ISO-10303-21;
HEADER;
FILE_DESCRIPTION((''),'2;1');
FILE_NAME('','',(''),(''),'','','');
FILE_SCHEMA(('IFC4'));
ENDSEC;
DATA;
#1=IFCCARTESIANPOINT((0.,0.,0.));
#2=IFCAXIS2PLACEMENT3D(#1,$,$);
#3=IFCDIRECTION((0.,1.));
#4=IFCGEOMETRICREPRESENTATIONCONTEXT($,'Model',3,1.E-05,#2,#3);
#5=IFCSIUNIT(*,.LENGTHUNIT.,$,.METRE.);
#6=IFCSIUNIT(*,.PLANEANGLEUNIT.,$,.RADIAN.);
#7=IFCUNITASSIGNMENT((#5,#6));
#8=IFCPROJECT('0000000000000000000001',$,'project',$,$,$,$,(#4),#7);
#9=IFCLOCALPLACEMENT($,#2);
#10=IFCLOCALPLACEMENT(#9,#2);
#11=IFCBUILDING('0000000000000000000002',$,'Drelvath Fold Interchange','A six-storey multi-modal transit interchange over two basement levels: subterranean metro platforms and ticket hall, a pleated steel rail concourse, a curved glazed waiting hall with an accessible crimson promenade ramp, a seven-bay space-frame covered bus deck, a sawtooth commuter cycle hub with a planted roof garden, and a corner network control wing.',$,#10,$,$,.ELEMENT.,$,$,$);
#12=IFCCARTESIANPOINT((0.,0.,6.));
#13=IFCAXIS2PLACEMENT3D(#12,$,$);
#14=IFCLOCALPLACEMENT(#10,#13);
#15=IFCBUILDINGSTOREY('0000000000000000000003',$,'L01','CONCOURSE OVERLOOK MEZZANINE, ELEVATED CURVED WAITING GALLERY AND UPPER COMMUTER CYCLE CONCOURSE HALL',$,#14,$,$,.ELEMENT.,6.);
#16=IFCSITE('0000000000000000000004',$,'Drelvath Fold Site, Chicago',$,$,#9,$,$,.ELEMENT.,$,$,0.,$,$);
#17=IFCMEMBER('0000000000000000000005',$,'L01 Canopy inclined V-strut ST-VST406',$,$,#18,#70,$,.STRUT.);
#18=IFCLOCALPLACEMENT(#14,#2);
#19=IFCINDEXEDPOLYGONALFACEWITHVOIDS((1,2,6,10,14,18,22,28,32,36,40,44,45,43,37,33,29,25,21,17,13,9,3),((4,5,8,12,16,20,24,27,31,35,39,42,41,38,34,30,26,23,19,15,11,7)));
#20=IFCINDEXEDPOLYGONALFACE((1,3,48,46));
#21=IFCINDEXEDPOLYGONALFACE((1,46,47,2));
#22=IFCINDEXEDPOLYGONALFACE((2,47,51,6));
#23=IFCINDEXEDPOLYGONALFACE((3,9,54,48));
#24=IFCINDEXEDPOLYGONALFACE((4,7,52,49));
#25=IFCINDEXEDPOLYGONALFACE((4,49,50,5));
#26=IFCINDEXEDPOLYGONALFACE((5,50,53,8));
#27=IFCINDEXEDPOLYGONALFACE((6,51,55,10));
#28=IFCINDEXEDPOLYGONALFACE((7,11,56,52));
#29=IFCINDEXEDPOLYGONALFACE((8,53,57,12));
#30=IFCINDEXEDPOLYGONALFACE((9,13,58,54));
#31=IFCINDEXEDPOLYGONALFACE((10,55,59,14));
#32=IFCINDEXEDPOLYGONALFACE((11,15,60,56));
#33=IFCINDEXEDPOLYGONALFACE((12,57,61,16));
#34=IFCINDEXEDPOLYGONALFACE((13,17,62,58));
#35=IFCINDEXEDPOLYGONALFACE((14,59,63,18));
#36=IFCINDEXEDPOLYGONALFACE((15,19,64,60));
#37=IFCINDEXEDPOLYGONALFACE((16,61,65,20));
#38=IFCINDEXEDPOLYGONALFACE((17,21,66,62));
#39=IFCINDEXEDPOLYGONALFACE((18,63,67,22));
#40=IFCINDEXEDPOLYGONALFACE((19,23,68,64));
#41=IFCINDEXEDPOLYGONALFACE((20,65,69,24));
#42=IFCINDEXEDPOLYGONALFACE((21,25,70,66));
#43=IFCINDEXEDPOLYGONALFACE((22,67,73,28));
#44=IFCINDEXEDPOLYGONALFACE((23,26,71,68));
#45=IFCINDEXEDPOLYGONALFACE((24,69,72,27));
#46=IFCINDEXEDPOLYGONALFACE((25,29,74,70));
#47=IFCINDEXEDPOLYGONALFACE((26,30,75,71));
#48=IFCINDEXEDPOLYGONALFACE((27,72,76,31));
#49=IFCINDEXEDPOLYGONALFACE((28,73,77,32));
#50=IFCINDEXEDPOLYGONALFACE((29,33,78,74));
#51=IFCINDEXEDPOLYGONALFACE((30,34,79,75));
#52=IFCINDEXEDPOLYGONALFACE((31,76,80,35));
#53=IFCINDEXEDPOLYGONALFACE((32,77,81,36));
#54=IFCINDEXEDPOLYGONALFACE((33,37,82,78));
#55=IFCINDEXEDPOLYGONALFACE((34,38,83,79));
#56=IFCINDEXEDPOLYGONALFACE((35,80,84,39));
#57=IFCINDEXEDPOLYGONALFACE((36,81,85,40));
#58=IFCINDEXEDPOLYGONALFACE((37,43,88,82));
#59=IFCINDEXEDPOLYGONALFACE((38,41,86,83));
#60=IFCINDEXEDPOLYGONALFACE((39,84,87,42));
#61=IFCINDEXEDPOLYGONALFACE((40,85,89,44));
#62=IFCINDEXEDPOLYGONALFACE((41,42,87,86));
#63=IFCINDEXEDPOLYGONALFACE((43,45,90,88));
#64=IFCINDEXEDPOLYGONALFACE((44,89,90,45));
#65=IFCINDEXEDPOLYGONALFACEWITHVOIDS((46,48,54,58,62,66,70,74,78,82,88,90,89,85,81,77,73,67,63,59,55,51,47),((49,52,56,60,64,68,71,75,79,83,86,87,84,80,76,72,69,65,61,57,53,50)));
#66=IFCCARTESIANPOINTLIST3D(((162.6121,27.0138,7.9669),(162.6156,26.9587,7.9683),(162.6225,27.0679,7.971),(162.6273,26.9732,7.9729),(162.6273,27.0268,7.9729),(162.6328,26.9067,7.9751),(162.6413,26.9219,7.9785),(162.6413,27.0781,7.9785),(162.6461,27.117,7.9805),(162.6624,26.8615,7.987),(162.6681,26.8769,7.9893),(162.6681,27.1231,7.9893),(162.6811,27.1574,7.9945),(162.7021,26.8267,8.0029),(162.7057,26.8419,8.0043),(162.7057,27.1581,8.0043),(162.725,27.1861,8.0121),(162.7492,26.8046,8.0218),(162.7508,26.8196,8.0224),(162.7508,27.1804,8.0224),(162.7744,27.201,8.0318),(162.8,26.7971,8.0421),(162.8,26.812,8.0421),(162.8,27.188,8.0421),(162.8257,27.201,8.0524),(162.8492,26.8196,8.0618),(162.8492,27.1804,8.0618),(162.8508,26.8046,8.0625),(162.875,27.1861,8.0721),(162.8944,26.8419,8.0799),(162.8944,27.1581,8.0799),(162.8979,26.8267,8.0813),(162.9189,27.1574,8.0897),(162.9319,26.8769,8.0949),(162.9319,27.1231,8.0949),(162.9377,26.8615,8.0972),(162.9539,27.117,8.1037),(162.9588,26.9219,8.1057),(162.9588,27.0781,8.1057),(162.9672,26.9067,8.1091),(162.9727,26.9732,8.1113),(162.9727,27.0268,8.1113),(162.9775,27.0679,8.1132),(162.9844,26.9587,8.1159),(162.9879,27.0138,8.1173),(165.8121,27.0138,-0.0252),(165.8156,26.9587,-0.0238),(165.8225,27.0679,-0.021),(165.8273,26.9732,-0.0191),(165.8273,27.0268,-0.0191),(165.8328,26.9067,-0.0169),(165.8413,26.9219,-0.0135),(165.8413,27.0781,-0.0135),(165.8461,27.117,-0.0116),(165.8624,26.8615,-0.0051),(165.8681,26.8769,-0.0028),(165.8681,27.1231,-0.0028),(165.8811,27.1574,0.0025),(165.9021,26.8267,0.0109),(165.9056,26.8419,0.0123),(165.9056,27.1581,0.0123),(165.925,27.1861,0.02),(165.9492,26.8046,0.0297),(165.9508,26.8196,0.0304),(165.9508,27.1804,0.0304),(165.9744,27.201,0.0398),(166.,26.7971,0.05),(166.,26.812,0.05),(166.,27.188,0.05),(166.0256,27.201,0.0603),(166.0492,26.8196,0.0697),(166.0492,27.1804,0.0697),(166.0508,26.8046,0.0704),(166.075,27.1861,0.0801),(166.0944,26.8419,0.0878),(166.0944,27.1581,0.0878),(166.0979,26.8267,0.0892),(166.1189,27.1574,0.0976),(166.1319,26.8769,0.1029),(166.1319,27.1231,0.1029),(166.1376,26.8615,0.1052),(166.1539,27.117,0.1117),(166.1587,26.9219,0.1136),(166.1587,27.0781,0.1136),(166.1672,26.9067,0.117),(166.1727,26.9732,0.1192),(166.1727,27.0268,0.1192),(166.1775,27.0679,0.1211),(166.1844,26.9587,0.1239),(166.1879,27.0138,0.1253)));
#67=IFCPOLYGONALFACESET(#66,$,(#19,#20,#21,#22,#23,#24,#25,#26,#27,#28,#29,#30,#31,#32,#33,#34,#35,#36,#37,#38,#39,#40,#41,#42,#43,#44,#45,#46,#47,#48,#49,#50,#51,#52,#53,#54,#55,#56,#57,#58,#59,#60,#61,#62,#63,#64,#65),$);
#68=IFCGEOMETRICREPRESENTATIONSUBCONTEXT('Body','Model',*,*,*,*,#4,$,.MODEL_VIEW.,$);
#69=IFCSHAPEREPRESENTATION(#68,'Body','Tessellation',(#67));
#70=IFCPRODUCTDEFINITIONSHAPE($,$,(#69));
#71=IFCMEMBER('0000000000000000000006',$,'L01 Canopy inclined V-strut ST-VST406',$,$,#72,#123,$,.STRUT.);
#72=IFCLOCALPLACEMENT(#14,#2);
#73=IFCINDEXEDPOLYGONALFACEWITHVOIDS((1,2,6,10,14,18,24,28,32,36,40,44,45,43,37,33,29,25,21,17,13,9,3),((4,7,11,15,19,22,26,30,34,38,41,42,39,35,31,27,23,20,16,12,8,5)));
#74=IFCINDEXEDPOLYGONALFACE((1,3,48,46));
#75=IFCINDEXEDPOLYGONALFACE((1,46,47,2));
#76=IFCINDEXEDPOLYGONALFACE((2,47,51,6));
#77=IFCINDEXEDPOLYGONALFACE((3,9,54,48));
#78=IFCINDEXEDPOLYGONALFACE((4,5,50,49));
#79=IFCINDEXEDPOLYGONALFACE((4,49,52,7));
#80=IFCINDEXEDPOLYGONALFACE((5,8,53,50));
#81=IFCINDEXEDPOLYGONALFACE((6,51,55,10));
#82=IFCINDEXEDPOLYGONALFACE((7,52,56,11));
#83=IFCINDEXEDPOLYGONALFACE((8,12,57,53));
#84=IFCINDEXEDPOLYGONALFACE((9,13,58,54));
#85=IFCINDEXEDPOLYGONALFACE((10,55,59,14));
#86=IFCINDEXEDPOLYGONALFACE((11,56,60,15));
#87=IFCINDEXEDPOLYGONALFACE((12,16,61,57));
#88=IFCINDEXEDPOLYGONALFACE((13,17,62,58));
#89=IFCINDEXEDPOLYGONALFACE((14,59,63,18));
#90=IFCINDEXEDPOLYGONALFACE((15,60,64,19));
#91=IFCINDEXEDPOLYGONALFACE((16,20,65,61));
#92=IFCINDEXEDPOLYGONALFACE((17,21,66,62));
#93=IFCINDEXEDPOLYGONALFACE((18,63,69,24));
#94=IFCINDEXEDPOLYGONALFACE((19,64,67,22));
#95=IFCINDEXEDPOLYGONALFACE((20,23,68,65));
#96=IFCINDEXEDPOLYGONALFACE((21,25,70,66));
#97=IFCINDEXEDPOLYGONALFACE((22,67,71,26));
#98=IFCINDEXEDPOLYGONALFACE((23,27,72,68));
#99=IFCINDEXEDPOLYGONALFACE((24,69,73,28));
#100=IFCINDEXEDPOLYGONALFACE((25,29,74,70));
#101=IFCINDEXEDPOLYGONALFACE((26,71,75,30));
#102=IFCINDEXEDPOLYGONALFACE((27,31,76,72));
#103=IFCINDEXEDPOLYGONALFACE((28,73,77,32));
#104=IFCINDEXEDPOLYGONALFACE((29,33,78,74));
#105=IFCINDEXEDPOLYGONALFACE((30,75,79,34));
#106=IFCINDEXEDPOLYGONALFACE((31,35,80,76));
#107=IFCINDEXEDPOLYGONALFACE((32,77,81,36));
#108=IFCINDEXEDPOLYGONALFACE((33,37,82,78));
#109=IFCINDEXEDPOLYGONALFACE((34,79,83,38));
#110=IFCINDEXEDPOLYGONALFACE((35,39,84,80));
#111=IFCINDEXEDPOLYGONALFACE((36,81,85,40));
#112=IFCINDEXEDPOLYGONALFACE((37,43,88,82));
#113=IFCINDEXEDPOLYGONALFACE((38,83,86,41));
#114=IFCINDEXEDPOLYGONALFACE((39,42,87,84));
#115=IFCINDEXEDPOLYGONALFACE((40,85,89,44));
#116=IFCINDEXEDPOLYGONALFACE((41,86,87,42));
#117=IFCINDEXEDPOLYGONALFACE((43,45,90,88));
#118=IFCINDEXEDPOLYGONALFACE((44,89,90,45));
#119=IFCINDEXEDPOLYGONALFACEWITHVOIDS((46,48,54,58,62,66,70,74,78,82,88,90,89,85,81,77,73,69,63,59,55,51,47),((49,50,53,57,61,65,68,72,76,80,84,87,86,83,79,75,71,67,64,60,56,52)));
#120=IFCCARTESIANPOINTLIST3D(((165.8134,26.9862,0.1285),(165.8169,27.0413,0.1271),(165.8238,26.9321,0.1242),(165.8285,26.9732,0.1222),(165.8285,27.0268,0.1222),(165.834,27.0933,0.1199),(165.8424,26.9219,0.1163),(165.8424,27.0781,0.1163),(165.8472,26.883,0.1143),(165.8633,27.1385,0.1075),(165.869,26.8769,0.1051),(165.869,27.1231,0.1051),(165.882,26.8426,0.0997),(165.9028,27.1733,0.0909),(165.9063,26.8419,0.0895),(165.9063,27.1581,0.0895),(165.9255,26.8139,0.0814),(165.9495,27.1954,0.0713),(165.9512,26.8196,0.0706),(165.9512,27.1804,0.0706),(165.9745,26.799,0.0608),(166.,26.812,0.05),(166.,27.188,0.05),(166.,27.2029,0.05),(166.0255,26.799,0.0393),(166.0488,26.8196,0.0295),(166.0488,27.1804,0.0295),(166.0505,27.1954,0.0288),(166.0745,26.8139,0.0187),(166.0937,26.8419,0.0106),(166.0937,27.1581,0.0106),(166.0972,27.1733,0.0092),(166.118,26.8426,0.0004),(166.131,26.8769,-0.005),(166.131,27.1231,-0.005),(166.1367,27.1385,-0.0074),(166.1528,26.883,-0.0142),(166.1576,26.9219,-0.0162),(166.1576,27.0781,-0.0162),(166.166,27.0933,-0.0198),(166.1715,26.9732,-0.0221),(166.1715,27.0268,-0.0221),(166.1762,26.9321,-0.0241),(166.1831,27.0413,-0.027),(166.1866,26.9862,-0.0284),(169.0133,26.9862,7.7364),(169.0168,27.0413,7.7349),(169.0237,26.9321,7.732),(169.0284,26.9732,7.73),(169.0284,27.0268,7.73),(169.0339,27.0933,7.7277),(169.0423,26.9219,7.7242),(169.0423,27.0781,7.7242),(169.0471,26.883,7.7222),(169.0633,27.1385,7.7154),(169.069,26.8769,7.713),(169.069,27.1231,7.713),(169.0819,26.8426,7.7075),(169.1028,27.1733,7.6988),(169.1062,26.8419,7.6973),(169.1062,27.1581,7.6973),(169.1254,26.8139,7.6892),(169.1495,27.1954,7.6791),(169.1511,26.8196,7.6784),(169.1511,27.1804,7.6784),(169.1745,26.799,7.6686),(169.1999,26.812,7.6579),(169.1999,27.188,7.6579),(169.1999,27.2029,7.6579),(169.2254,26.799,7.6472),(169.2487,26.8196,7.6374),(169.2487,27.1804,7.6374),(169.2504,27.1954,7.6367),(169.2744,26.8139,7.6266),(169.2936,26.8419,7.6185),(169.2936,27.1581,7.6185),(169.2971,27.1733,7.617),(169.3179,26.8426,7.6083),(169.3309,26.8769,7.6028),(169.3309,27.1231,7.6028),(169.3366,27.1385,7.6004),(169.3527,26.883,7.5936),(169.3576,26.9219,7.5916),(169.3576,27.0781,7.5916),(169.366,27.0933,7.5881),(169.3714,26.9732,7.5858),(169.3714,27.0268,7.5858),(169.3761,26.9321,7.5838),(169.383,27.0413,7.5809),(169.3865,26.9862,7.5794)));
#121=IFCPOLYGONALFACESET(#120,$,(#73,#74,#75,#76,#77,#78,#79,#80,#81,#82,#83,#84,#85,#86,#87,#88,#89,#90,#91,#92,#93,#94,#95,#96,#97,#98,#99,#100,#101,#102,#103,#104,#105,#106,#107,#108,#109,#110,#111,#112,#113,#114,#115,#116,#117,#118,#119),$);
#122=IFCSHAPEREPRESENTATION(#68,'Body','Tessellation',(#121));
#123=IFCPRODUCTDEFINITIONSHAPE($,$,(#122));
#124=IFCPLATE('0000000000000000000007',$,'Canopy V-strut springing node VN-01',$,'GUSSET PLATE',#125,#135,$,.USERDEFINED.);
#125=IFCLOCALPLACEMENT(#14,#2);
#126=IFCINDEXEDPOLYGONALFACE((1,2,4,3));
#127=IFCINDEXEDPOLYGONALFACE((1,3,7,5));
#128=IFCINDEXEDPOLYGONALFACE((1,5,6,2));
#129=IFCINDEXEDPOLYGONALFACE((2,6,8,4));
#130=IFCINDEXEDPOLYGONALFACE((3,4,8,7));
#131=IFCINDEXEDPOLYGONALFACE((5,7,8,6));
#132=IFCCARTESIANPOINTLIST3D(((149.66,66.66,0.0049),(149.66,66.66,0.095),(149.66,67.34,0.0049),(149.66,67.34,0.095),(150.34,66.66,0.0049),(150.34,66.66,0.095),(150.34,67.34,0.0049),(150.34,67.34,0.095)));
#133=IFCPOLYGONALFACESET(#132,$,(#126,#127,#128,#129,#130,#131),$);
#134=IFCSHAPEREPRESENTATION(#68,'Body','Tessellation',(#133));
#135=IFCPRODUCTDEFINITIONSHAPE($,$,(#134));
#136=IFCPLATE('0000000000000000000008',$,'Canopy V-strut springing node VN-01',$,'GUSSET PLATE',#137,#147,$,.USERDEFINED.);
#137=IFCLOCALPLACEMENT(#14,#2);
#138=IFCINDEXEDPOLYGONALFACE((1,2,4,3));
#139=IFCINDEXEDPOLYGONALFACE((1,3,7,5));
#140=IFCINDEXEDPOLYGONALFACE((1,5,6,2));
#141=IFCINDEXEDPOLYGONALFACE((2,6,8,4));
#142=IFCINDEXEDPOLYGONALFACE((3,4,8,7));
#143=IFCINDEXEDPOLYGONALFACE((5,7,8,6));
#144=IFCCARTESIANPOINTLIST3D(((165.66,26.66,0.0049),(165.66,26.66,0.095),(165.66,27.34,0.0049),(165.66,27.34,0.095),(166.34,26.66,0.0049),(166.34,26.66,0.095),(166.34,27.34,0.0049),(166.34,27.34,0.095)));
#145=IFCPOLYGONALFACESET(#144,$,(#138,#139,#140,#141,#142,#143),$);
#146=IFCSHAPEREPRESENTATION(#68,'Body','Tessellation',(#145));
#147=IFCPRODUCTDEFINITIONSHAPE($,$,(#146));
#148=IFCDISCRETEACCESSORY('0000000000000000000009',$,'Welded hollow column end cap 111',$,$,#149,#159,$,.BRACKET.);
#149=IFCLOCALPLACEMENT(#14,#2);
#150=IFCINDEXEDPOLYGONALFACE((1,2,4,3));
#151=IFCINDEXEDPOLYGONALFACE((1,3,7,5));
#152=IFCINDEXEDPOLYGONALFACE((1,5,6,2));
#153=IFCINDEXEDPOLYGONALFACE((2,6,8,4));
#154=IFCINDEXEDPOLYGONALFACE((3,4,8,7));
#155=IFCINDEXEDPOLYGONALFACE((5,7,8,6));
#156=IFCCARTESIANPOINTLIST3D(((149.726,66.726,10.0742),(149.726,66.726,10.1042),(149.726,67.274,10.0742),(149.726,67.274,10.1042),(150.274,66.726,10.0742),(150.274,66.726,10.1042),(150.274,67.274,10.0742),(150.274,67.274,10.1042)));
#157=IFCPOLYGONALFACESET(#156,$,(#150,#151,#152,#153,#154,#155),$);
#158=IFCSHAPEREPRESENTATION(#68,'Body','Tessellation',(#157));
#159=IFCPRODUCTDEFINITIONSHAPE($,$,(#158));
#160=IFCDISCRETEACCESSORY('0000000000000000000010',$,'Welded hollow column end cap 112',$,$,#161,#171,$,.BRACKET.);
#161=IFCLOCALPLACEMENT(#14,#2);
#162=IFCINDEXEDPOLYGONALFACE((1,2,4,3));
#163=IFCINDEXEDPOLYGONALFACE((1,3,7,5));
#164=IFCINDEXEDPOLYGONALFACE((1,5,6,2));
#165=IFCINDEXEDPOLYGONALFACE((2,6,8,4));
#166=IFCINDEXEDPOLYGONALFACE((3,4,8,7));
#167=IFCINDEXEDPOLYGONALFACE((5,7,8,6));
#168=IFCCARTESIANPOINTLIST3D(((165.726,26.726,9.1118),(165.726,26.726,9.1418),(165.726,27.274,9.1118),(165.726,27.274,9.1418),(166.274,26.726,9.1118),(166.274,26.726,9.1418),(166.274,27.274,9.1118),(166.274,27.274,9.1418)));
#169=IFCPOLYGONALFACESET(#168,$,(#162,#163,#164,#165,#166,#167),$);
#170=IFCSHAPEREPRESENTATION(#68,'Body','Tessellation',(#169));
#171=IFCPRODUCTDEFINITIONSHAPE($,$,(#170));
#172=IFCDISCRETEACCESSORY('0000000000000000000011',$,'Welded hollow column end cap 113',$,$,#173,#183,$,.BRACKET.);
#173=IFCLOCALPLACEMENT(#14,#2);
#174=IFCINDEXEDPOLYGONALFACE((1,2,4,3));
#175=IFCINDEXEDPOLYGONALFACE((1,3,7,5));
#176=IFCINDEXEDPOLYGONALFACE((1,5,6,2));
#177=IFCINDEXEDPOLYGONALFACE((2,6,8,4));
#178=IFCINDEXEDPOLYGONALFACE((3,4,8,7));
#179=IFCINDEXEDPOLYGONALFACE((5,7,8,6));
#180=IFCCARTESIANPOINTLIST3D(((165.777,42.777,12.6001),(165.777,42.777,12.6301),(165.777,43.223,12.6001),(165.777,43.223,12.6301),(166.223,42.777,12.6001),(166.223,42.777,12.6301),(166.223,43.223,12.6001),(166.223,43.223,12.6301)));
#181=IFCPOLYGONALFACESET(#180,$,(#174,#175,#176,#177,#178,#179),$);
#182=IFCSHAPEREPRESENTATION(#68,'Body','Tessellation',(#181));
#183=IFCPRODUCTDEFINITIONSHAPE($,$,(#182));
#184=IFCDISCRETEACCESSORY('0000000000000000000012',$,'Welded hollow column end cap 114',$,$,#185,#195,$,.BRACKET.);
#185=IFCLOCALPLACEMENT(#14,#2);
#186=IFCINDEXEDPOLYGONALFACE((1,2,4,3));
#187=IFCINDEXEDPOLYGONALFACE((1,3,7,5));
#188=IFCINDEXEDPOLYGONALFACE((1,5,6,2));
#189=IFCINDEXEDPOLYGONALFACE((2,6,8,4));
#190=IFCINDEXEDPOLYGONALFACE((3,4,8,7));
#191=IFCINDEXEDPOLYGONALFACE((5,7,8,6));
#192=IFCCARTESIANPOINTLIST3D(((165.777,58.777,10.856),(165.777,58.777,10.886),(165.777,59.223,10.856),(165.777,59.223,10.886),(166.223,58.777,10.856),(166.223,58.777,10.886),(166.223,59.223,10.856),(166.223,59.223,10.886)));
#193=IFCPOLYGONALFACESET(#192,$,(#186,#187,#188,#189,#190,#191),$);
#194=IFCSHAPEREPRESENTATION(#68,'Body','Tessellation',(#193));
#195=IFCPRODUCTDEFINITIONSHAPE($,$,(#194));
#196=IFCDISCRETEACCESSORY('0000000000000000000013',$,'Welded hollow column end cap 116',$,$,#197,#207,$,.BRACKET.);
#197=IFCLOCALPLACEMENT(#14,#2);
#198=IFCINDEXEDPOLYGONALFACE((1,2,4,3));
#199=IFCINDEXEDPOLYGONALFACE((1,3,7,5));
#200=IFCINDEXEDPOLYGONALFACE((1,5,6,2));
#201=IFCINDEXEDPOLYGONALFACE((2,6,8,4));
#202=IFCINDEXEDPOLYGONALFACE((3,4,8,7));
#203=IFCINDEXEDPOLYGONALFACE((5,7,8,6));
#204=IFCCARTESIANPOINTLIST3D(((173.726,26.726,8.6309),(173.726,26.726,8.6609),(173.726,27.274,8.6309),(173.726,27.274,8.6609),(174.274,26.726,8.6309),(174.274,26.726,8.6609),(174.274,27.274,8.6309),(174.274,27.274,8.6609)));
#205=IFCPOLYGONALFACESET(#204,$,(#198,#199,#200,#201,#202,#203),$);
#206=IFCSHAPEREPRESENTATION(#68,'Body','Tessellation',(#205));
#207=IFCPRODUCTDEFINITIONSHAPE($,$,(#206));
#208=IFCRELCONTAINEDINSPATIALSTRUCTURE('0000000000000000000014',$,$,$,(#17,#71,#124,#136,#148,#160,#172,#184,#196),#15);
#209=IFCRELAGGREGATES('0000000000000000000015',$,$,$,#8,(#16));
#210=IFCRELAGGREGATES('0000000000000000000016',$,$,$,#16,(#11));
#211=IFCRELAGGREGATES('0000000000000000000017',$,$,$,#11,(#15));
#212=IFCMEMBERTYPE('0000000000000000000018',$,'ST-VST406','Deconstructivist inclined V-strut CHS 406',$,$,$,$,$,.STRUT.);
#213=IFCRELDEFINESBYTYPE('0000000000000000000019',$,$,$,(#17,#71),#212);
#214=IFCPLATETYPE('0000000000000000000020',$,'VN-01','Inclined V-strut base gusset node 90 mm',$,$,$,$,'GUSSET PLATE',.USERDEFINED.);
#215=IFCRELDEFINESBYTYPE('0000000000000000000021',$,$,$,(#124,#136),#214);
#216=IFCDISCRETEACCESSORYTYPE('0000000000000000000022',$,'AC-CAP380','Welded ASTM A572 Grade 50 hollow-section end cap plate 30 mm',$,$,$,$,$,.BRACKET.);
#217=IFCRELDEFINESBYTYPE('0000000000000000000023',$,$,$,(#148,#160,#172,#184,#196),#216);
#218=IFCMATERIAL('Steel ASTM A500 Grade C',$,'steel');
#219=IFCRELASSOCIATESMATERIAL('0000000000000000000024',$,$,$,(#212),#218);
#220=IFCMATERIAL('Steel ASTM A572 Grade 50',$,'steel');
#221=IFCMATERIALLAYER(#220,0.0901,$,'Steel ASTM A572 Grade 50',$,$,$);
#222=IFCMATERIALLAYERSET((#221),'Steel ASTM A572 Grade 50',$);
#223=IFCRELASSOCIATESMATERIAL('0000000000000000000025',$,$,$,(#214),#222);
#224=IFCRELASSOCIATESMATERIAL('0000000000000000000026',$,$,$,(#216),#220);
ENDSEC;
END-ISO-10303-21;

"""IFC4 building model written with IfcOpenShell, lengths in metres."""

from ifc_helpers import new_model, si_unit, direction, frame, origin, origin_2d, place, context, subcontext, project, spatial, rectangle, hollow_circle, extrude, material, layer, layer_set, material_profile, profile_set, type_object, element, save


model = new_model("IFC4")

# Units and contexts
model_context = context("Model", 3, precision=1e-05, world=origin(), true_north=direction((0.0, 1.0)))
body_context = subcontext(model_context, "Body", "Model", "MODEL_VIEW")
ifc_project = project(units=[si_unit("LENGTHUNIT", "METRE"), si_unit("PLANEANGLEUNIT", "RADIAN")], contexts=[model_context])

# Site, building, storey
site_placement = place(None, origin())
site = spatial("IfcSite", under=ifc_project, at=site_placement, Name="Drelvath Fold Site, Chicago", CompositionType="ELEMENT", RefElevation=0.0)
building_placement = place(site_placement, origin())
building = spatial("IfcBuilding", under=site, at=building_placement, Name="Drelvath Fold Interchange", Description="A six-storey multi-modal transit interchange over two basement levels: subterranean metro platforms and ticket hall, a pleated steel rail concourse, a curved glazed waiting hall with an accessible crimson promenade ramp, a seven-bay space-frame covered bus deck, a sawtooth commuter cycle hub with a planted roof garden, and a corner network control wing.", CompositionType="ELEMENT")
storey_placement = place(building_placement, frame((0.0, 0.0, 6.0)))
storey = spatial("IfcBuildingStorey", under=building, at=storey_placement, Name="L01", Description="CONCOURSE OVERLOOK MEZZANINE, ELEVATED CURVED WAITING GALLERY AND UPPER COMMUTER CYCLE CONCOURSE HALL", CompositionType="ELEMENT", Elevation=6.0)

# Shared definitions
ifc_material_1 = material(Name="Steel ASTM A500 Grade C", Category="steel")

# Members
ifc_material_profile_1 = material_profile(ifc_material_1, hollow_circle(Radius=0.2029, WallThickness=0.0149, at=origin_2d()), Name="HSS16.000X0.625")
ifc_profile_set_1 = profile_set([ifc_material_profile_1], Name="Steel ASTM A500 Grade C")
member_type = type_object("IfcMemberType", Name="ST-VST406", Description="Deconstructivist inclined V-strut CHS 406", PredefinedType="STRUT", material=ifc_profile_set_1)
member_1_placement = place(storey_placement, frame((166.0, 27.0, 0.05), z_axis=(-0.371708, 0.0, 0.92835), x_axis=(0.0, -1.0, 0.0)))
element("IfcMember", 1, at=member_1_placement, inside=storey, type_object=member_type, Name="L01 Canopy inclined V-strut ST-VST406", PredefinedType="STRUT", context=body_context, shape_type="SweptSolid", body=[
    extrude(hollow_circle(Radius=0.2029, WallThickness=0.0149, at=origin_2d()), origin(), (0.0, 0.0, 1.0), 8.6089),
])
member_2_placement = place(storey_placement, frame((166.0, 27.0, 0.05), z_axis=(0.387709, 0.0, 0.921782), x_axis=(0.0, 1.0, 0.0)))
element("IfcMember", 2, at=member_2_placement, inside=storey, type_object=member_type, Name="L01 Canopy inclined V-strut ST-VST406", PredefinedType="STRUT", context=body_context, shape_type="SweptSolid", body=[
    extrude(hollow_circle(Radius=0.2029, WallThickness=0.0149, at=origin_2d()), origin(), (0.0, 0.0, 1.0), 8.2534),
])

# Plates
ifc_material_2 = material(Name="Steel ASTM A572 Grade 50", Category="steel")
ifc_layer = layer(ifc_material_2, 0.0901, Name="Steel ASTM A572 Grade 50")
ifc_layer_set = layer_set([ifc_layer], Name="Steel ASTM A572 Grade 50")
plate_type = type_object("IfcPlateType", Name="VN-01", Description="Inclined V-strut base gusset node 90 mm", ElementType="GUSSET PLATE", PredefinedType="USERDEFINED", material=ifc_layer_set)
for number, where, z_axis, x_axis, name in (
    (3, (150.0, 67.0, 0.0049), (0.0, 0.0, 1.0), (1.0, 0.0, 0.0), "Canopy V-strut springing node VN-01"),
    (4, (166.0, 27.0, 0.0049), (0.0, 0.0, 1.0), (1.0, 0.0, 0.0), "Canopy V-strut springing node VN-01"),
):
    element("IfcPlate", number, at=place(storey_placement, frame(where, z_axis=z_axis, x_axis=x_axis)), inside=storey, type_object=plate_type, Name=name, ObjectType="GUSSET PLATE", PredefinedType="USERDEFINED", context=body_context, shape_type="SweptSolid", body=[
        extrude(rectangle(XDim=0.6799, YDim=0.6799, at=origin_2d()), origin(), (0.0, 0.0, 1.0), 0.0901),
    ])

# Discrete accessories
discrete_accessory_type = type_object("IfcDiscreteAccessoryType", Name="AC-CAP380", Description="Welded ASTM A572 Grade 50 hollow-section end cap plate 30 mm", PredefinedType="BRACKET", material=ifc_material_2)
for number, where, z_axis, x_axis, name in (
    (5, (150.0, 67.0, 10.0742), (0.0, 0.0, 1.0), (1.0, 0.0, 0.0), "Welded hollow column end cap 111"),
    (6, (166.0, 27.0, 9.1118), (0.0, 0.0, 1.0), (1.0, 0.0, 0.0), "Welded hollow column end cap 112"),
):
    element("IfcDiscreteAccessory", number, at=place(storey_placement, frame(where, z_axis=z_axis, x_axis=x_axis)), inside=storey, type_object=discrete_accessory_type, Name=name, PredefinedType="BRACKET", context=body_context, shape_type="SweptSolid", body=[
        extrude(rectangle(XDim=0.5481, YDim=0.5481, at=origin_2d()), origin(), (0.0, 0.0, 1.0), 0.03),
    ])
for number, where, z_axis, x_axis, name in (
    (7, (166.0, 43.0, 12.6001), (0.0, 0.0, 1.0), (1.0, 0.0, 0.0), "Welded hollow column end cap 113"),
    (8, (166.0, 59.0, 10.856), (0.0, 0.0, 1.0), (1.0, 0.0, 0.0), "Welded hollow column end cap 114"),
):
    element("IfcDiscreteAccessory", number, at=place(storey_placement, frame(where, z_axis=z_axis, x_axis=x_axis)), inside=storey, type_object=discrete_accessory_type, Name=name, PredefinedType="BRACKET", context=body_context, shape_type="SweptSolid", body=[
        extrude(rectangle(XDim=0.446, YDim=0.446, at=origin_2d()), origin(), (0.0, 0.0, 1.0), 0.03),
    ])
discrete_accessory_placement = place(storey_placement, frame((174.0, 27.0, 8.6309), z_axis=(0.0, 0.0, 1.0), x_axis=(1.0, 0.0, 0.0)))
element("IfcDiscreteAccessory", 9, at=discrete_accessory_placement, inside=storey, type_object=discrete_accessory_type, Name="Welded hollow column end cap 116", PredefinedType="BRACKET", context=body_context, shape_type="SweptSolid", body=[
    extrude(rectangle(XDim=0.5481, YDim=0.5481, at=origin_2d()), origin(), (0.0, 0.0, 1.0), 0.03),
])

save(model, "model.ifc")
